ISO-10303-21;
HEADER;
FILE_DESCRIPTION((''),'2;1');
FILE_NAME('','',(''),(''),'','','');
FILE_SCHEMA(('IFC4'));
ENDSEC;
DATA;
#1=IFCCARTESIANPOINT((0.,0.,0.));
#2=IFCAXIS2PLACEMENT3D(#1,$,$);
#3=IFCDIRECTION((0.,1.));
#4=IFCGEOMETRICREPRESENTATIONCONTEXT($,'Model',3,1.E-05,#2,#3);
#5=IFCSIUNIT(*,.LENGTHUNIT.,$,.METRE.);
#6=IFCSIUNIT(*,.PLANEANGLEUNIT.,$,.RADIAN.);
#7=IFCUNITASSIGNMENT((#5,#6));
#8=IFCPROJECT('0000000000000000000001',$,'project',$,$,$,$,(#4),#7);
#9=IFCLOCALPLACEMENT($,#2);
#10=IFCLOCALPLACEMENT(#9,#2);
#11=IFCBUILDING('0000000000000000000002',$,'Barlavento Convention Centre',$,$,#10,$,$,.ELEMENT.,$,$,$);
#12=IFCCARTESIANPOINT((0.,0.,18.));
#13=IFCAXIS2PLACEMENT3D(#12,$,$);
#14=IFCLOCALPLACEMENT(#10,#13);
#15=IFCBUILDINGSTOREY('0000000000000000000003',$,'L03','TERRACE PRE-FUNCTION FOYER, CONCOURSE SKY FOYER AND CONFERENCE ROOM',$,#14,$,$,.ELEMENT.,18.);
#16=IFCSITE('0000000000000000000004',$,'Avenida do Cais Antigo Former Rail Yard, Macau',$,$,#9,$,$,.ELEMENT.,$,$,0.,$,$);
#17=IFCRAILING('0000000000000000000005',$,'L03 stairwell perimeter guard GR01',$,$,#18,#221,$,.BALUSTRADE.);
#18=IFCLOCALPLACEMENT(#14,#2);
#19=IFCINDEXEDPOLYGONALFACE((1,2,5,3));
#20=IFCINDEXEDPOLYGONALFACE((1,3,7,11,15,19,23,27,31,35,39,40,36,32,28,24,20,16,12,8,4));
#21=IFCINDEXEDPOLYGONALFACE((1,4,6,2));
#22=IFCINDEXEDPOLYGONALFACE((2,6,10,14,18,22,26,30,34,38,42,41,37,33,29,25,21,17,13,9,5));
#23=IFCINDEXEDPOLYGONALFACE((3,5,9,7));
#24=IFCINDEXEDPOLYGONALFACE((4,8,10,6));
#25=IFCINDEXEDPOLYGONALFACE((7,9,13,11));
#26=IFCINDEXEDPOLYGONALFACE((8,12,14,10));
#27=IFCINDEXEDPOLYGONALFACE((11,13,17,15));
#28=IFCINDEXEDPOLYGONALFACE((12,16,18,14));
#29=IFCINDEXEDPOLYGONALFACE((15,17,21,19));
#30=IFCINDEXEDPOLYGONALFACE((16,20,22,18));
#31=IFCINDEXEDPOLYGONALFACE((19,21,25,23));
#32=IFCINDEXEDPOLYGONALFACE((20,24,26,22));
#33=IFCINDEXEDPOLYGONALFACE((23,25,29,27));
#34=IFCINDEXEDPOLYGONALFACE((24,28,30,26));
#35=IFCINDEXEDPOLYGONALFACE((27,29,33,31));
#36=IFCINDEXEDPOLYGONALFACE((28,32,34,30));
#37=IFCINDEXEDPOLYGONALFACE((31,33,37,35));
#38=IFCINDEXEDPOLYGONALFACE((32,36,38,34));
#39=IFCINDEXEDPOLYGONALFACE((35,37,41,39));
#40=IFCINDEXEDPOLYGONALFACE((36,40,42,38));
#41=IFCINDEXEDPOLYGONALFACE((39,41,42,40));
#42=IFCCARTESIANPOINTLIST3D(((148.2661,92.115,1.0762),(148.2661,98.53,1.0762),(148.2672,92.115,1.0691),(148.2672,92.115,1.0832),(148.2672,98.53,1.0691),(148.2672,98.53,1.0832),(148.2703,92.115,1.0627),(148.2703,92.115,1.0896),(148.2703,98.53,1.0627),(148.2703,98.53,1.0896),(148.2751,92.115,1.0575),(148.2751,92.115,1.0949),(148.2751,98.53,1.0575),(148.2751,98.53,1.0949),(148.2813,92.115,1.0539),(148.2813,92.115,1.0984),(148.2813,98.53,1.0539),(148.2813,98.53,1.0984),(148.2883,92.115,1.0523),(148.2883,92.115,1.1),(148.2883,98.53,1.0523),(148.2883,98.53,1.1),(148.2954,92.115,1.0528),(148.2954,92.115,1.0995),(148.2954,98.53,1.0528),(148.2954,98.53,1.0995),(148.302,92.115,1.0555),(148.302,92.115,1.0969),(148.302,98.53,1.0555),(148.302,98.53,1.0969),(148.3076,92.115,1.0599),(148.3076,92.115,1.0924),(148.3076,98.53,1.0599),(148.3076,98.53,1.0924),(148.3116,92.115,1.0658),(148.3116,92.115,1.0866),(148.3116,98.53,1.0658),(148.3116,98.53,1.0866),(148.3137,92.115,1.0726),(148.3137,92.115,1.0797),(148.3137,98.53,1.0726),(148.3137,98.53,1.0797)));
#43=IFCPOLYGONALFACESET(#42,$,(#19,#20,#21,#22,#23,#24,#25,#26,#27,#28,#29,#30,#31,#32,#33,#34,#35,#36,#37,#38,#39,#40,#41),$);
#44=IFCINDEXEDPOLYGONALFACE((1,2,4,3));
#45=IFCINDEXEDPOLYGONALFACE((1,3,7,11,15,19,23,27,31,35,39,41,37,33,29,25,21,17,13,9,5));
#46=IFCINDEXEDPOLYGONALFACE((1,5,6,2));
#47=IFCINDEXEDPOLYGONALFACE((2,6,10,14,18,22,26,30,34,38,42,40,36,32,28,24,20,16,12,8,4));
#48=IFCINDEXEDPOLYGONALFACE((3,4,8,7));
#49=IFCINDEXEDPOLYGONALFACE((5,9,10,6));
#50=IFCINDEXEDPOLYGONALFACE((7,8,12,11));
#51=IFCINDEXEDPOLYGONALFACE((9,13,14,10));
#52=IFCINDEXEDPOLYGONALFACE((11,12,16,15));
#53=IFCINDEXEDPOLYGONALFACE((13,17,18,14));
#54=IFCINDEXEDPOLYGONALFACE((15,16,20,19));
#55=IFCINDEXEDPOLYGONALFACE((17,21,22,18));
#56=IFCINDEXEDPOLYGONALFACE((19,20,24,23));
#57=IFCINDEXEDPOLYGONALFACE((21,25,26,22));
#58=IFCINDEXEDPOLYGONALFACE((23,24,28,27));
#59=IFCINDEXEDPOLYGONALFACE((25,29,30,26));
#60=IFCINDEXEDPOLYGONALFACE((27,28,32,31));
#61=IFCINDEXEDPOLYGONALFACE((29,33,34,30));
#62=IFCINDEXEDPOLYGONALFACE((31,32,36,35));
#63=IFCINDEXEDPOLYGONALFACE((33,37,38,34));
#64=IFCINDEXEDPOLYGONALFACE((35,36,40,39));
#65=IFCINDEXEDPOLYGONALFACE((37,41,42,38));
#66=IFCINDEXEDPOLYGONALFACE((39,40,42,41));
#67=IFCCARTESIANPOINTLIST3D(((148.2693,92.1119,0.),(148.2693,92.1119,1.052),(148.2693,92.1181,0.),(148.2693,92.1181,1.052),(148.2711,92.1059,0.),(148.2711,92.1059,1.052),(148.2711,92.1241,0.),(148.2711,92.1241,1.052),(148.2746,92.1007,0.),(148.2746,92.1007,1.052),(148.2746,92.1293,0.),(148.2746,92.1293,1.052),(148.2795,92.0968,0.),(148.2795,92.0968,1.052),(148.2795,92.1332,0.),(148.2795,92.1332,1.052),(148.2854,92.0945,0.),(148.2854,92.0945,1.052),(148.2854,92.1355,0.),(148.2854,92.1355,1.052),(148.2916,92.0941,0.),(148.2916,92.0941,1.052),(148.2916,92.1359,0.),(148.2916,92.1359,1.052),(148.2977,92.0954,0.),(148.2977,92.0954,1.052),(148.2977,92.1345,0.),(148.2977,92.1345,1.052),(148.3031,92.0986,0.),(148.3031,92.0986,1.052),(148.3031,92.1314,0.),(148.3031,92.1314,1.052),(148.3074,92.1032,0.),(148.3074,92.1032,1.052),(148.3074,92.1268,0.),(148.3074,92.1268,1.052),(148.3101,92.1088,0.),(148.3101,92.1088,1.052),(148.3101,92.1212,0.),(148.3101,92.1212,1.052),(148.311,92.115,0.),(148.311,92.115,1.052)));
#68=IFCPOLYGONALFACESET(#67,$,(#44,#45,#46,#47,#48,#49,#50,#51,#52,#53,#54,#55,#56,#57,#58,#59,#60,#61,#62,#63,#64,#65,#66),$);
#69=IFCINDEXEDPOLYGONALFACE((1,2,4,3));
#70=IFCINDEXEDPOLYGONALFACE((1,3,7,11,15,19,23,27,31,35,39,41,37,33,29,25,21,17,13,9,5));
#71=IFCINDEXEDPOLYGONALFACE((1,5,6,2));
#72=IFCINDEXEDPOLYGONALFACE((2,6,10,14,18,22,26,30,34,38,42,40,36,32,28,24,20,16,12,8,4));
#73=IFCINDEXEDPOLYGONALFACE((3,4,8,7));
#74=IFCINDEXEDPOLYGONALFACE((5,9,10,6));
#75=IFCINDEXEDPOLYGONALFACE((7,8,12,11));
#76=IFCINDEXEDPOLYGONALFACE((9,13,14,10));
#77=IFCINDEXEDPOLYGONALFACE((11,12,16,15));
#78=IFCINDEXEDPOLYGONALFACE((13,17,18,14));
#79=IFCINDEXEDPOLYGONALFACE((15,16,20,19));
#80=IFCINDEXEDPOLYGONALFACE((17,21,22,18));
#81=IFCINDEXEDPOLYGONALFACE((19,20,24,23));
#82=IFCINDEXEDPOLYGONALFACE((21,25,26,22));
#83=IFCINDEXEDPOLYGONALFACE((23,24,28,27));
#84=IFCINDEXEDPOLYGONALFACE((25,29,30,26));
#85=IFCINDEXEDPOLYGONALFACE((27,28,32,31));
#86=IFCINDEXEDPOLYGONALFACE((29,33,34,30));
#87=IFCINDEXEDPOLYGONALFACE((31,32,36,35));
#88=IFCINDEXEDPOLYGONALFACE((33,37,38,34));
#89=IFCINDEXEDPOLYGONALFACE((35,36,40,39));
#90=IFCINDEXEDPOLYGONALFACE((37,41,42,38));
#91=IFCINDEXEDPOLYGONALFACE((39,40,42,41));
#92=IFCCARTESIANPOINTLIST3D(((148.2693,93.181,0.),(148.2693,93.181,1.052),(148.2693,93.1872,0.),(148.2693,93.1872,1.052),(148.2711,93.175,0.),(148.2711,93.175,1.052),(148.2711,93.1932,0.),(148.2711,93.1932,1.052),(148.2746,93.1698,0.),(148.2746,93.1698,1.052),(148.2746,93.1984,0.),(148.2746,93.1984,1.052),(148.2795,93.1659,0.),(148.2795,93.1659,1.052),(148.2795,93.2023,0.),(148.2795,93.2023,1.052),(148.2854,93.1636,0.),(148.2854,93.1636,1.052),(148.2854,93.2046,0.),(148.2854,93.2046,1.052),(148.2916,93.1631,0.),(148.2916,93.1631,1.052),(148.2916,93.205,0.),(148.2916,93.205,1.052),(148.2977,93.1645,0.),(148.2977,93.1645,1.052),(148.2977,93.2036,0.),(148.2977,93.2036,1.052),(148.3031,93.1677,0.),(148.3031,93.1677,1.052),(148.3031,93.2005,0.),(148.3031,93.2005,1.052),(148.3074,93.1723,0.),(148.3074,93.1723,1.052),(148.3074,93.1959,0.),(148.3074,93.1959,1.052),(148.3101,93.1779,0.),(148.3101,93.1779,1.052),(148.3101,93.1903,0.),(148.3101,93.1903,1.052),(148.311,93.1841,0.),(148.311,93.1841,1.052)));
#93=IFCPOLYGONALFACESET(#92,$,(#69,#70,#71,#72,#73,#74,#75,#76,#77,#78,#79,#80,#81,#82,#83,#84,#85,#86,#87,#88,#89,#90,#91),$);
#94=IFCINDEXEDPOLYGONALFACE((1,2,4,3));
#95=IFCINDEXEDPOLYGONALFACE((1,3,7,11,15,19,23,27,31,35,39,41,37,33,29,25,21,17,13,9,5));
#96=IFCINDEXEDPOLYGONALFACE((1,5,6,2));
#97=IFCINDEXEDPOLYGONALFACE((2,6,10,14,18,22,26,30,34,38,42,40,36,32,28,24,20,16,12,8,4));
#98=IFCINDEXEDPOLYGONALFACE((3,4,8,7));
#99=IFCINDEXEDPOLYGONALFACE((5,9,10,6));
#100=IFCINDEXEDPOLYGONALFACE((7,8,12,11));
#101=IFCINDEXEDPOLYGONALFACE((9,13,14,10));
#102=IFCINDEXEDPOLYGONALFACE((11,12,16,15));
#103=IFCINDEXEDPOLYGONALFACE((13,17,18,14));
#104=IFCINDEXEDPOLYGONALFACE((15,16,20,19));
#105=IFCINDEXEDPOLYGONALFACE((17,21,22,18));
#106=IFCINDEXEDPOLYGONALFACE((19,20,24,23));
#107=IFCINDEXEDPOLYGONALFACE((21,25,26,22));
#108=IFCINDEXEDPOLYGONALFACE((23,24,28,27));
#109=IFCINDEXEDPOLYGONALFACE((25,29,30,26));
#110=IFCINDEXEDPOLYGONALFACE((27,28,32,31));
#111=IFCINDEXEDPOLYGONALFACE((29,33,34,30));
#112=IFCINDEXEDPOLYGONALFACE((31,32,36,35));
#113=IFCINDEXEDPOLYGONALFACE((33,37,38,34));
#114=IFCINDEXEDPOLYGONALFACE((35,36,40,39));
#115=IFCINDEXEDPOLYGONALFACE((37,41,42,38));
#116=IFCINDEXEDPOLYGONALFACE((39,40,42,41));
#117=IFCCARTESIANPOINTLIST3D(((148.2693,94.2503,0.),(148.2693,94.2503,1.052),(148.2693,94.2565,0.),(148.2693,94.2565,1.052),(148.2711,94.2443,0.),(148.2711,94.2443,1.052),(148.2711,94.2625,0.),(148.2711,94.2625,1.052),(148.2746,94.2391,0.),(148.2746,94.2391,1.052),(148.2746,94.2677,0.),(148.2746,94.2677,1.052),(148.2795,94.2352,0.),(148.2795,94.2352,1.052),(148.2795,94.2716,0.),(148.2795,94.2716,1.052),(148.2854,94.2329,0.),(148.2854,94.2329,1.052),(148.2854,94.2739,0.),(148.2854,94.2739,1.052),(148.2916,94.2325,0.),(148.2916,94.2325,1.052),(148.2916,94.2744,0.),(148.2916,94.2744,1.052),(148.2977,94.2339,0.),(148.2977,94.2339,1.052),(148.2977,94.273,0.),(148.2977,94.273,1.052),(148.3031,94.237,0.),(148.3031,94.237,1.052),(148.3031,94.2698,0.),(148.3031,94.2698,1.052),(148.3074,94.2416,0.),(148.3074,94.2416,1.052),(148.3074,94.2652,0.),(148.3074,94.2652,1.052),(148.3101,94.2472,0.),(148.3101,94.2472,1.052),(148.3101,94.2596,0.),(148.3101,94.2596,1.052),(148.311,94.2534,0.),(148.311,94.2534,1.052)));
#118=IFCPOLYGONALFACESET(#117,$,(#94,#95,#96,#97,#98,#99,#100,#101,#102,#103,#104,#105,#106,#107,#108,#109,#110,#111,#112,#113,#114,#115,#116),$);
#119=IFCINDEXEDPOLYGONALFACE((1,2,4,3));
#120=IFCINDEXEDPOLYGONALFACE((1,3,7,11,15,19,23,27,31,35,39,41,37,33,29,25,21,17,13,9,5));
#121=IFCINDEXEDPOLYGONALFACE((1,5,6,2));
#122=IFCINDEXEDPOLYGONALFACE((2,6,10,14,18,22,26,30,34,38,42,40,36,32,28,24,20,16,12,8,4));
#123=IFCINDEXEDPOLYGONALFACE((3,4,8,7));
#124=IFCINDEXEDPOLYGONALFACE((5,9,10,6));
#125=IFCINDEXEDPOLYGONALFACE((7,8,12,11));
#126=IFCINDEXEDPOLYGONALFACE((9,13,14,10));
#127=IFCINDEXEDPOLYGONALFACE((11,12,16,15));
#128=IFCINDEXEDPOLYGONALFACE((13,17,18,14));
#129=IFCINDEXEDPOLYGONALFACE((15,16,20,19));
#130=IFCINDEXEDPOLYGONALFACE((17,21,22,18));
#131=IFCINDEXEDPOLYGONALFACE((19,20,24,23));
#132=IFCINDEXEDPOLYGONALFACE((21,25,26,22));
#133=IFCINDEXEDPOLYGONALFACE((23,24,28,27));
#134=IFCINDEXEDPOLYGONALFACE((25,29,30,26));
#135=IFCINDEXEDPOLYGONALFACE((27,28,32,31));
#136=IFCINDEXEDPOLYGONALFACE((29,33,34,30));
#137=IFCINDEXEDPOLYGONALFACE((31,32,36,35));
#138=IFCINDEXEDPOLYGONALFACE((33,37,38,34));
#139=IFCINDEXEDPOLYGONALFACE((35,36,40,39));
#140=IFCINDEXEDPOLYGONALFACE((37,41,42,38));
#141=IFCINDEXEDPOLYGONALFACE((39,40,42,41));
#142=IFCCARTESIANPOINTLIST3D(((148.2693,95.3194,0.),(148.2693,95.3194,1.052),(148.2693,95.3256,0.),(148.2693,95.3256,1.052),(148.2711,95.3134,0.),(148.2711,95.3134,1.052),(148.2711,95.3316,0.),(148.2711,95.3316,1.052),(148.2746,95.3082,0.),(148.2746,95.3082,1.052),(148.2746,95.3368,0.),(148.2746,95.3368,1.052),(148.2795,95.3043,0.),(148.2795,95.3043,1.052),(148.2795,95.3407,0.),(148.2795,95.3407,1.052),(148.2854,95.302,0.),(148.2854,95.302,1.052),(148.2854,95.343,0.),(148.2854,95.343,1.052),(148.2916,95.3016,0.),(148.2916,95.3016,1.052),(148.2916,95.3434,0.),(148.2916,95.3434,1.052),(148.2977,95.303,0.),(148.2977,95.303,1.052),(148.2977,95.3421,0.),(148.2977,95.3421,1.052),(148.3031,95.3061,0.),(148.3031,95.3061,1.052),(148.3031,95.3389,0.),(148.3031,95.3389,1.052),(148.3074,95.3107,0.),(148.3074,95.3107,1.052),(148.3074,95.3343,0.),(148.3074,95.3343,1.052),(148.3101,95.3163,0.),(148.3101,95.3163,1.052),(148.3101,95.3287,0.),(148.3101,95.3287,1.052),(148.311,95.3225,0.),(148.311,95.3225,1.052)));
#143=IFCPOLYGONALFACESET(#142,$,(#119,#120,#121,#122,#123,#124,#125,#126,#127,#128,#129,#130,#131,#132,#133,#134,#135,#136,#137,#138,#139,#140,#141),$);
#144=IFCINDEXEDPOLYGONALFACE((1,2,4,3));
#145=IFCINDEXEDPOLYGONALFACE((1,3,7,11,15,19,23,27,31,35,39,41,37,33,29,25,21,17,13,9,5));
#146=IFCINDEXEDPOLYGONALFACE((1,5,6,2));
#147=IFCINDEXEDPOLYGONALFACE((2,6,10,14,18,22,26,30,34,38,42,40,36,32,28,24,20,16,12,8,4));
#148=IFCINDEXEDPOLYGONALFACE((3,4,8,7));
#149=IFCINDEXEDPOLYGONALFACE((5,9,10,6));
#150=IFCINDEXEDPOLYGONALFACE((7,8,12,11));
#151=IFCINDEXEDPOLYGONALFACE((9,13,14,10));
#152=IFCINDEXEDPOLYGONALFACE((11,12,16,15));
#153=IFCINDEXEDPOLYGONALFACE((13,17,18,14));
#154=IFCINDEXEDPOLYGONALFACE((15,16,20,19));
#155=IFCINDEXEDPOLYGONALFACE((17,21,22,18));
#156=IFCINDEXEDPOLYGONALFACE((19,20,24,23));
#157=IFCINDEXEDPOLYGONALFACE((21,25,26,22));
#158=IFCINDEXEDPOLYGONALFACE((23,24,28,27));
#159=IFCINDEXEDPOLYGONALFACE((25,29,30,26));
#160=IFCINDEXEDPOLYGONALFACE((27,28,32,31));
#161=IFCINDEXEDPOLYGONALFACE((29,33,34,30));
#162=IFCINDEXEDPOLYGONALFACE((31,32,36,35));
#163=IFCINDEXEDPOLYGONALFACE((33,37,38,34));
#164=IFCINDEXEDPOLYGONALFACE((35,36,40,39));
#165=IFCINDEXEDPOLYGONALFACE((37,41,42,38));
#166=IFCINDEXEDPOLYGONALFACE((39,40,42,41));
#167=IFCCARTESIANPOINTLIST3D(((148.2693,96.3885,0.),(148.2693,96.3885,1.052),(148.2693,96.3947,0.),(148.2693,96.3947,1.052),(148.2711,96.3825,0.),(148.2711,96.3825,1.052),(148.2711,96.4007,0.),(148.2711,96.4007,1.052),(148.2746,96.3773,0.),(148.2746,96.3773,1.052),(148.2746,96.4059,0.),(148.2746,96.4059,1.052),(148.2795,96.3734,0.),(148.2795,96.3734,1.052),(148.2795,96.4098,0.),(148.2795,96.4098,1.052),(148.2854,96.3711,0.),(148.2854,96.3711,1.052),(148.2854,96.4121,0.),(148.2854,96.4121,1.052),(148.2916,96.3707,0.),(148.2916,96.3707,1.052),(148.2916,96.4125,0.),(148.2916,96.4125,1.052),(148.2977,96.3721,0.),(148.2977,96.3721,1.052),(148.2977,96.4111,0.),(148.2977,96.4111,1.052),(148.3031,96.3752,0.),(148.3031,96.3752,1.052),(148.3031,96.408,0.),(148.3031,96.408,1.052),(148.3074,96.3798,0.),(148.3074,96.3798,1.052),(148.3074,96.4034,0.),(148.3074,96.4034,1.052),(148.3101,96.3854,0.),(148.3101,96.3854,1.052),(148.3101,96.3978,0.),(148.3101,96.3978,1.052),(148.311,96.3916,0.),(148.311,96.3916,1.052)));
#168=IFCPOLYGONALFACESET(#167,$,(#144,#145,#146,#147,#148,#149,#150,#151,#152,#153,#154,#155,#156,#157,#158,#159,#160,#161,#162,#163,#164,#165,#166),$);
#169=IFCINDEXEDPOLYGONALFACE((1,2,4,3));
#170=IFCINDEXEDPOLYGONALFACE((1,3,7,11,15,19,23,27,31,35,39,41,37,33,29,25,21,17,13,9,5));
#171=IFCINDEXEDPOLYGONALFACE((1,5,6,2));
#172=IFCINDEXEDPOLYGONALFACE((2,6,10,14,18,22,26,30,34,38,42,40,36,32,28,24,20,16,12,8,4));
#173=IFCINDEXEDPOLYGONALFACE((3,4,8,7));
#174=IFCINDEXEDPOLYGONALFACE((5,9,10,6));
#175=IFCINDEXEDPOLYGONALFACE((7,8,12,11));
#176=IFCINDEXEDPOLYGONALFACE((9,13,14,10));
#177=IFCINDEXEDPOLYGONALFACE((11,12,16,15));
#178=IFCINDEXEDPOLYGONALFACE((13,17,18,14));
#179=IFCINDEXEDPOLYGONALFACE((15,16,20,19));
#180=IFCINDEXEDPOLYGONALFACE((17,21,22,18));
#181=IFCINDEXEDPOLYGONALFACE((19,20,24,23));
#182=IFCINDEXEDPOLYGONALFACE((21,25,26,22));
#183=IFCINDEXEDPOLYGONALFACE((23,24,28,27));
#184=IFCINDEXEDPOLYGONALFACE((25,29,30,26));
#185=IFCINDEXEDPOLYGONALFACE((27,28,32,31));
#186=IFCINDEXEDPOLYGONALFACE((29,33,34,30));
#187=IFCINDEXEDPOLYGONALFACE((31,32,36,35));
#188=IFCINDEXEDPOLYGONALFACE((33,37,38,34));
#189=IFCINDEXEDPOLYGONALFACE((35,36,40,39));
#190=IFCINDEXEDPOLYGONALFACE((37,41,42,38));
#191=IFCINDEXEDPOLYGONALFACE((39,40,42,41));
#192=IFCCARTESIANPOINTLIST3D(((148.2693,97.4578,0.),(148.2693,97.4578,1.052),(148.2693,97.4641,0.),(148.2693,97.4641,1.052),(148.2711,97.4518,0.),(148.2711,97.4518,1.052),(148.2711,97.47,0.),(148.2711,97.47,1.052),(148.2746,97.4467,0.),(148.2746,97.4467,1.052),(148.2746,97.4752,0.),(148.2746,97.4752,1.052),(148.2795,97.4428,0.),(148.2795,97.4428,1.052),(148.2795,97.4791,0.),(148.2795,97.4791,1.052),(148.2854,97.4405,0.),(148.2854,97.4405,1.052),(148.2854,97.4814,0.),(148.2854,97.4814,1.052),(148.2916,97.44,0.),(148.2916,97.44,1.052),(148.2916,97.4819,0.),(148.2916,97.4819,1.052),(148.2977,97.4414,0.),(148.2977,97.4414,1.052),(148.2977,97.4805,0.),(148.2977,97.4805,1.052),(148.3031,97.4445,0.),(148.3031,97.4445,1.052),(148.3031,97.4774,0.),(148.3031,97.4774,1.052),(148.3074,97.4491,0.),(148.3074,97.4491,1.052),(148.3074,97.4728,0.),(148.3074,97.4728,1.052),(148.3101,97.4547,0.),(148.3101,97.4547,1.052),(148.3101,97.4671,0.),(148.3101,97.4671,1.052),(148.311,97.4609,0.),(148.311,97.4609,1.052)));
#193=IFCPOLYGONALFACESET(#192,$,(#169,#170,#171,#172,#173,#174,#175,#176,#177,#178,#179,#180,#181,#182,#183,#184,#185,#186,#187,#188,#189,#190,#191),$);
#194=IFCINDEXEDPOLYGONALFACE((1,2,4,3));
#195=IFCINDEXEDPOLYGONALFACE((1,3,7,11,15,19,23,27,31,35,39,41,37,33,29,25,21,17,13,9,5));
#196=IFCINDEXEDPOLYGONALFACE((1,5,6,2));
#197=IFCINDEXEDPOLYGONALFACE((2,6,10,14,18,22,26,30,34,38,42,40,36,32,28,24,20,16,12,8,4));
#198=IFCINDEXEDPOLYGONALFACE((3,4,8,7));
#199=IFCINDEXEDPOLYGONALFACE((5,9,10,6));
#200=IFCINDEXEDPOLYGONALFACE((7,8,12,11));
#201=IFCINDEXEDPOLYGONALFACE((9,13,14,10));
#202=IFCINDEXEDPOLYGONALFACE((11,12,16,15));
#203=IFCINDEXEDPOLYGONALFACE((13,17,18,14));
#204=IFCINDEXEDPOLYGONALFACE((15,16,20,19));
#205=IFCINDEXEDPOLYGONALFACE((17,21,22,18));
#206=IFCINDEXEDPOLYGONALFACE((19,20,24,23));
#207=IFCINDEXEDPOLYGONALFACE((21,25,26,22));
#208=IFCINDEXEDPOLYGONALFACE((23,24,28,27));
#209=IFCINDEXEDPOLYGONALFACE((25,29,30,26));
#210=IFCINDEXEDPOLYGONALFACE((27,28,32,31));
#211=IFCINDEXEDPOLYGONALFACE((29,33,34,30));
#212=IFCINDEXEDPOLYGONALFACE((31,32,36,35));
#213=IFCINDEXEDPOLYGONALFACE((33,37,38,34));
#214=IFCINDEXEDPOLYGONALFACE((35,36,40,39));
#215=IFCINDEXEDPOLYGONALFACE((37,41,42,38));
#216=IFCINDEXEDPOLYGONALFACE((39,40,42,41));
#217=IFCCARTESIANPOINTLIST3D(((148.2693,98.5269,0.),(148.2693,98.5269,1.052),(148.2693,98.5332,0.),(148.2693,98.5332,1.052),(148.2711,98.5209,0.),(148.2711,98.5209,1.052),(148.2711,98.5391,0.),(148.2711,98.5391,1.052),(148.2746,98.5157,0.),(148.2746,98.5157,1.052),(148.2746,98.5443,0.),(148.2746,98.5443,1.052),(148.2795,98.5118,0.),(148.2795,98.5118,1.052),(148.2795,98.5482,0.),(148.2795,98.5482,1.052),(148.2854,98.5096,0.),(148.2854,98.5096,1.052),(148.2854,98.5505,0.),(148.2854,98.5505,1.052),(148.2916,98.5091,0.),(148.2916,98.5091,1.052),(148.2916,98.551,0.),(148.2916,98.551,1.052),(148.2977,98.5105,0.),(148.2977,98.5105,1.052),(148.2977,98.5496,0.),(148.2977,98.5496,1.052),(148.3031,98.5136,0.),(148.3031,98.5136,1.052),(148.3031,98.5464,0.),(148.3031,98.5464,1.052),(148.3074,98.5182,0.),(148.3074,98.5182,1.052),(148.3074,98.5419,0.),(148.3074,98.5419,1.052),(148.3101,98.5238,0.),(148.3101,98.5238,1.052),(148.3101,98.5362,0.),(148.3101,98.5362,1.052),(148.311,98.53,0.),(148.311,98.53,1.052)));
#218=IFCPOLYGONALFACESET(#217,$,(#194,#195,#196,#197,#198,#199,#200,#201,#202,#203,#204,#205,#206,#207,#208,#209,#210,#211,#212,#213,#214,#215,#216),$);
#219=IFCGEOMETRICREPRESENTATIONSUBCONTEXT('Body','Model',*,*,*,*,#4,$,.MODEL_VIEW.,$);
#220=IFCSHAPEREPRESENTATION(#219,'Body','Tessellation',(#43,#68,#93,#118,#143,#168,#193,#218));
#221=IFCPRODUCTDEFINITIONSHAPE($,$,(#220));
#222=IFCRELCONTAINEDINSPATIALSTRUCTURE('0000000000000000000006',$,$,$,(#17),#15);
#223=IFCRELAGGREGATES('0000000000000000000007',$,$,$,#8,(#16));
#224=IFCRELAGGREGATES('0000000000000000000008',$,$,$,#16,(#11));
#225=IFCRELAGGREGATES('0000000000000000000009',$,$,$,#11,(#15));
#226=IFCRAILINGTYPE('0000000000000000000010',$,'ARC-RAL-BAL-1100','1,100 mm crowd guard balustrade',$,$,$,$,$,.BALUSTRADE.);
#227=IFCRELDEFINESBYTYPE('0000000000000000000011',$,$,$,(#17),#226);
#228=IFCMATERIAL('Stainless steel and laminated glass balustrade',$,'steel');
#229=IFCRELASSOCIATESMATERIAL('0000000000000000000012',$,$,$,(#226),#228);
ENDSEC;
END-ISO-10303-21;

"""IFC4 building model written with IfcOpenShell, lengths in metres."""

from ifc_helpers import new_model, si_unit, direction, frame, origin, origin_2d, place, context, subcontext, project, spatial, circle, extrude, material, type_object, element, save


model = new_model("IFC4")

# Units and contexts
model_context = context("Model", 3, precision=1e-05, world=origin(), true_north=direction((0.0, 1.0)))
body_context = subcontext(model_context, "Body", "Model", "MODEL_VIEW")
ifc_project = project(units=[si_unit("LENGTHUNIT", "METRE"), si_unit("PLANEANGLEUNIT", "RADIAN")], contexts=[model_context])

# Site, building, storey
site_placement = place(None, origin())
site = spatial("IfcSite", under=ifc_project, at=site_placement, Name="Avenida do Cais Antigo Former Rail Yard, Macau", CompositionType="ELEMENT", RefElevation=0.0)
building_placement = place(site_placement, origin())
building = spatial("IfcBuilding", under=site, at=building_placement, Name="Barlavento Convention Centre", CompositionType="ELEMENT")
storey_placement = place(building_placement, frame((0.0, 0.0, 18.0)))
storey = spatial("IfcBuildingStorey", under=building, at=storey_placement, Name="L03", Description="TERRACE PRE-FUNCTION FOYER, CONCOURSE SKY FOYER AND CONFERENCE ROOM", CompositionType="ELEMENT", Elevation=18.0)

# Railing
ifc_material_1 = material(Name="Stainless steel and laminated glass balustrade", Category="steel")
railing_type_1 = type_object("IfcRailingType", Name="ARC-RAL-BAL-1100", Description="1,100 mm crowd guard balustrade", PredefinedType="BALUSTRADE", material=ifc_material_1)
railing_1_placement = place(storey_placement, frame((148.29, 92.115, 0.0)))
element("IfcRailing", 1, at=railing_1_placement, inside=storey, type_object=railing_type_1, Name="L03 stairwell perimeter guard GR01", PredefinedType="BALUSTRADE", context=body_context, shape_type="SweptSolid", body=[
    extrude(circle(Radius=0.0239, at=origin_2d()), frame((0.0, 0.0, 1.0762), z_axis=(0.0, 1.0, 0.0), x_axis=(-1.0, 0.0, 0.0)), (0.0, 0.0, 1.0), 6.415),
    extrude(circle(Radius=0.021, at=origin_2d()), origin(), (0.0, 0.0, 1.0), 1.052),
    extrude(circle(Radius=0.021, at=origin_2d()), frame((0.0, 1.0691, 0.0)), (0.0, 0.0, 1.0), 1.052),
    extrude(circle(Radius=0.021, at=origin_2d()), frame((0.0, 2.1384, 0.0)), (0.0, 0.0, 1.0), 1.052),
    extrude(circle(Radius=0.021, at=origin_2d()), frame((0.0, 3.2075, 0.0)), (0.0, 0.0, 1.0), 1.052),
    extrude(circle(Radius=0.021, at=origin_2d()), frame((0.0, 4.2766, 0.0)), (0.0, 0.0, 1.0), 1.052),
    extrude(circle(Radius=0.021, at=origin_2d()), frame((0.0, 5.3459, 0.0)), (0.0, 0.0, 1.0), 1.052),
    extrude(circle(Radius=0.021, at=origin_2d()), frame((0.0, 6.415, 0.0)), (0.0, 0.0, 1.0), 1.052),
])

save(model, "model.ifc")
